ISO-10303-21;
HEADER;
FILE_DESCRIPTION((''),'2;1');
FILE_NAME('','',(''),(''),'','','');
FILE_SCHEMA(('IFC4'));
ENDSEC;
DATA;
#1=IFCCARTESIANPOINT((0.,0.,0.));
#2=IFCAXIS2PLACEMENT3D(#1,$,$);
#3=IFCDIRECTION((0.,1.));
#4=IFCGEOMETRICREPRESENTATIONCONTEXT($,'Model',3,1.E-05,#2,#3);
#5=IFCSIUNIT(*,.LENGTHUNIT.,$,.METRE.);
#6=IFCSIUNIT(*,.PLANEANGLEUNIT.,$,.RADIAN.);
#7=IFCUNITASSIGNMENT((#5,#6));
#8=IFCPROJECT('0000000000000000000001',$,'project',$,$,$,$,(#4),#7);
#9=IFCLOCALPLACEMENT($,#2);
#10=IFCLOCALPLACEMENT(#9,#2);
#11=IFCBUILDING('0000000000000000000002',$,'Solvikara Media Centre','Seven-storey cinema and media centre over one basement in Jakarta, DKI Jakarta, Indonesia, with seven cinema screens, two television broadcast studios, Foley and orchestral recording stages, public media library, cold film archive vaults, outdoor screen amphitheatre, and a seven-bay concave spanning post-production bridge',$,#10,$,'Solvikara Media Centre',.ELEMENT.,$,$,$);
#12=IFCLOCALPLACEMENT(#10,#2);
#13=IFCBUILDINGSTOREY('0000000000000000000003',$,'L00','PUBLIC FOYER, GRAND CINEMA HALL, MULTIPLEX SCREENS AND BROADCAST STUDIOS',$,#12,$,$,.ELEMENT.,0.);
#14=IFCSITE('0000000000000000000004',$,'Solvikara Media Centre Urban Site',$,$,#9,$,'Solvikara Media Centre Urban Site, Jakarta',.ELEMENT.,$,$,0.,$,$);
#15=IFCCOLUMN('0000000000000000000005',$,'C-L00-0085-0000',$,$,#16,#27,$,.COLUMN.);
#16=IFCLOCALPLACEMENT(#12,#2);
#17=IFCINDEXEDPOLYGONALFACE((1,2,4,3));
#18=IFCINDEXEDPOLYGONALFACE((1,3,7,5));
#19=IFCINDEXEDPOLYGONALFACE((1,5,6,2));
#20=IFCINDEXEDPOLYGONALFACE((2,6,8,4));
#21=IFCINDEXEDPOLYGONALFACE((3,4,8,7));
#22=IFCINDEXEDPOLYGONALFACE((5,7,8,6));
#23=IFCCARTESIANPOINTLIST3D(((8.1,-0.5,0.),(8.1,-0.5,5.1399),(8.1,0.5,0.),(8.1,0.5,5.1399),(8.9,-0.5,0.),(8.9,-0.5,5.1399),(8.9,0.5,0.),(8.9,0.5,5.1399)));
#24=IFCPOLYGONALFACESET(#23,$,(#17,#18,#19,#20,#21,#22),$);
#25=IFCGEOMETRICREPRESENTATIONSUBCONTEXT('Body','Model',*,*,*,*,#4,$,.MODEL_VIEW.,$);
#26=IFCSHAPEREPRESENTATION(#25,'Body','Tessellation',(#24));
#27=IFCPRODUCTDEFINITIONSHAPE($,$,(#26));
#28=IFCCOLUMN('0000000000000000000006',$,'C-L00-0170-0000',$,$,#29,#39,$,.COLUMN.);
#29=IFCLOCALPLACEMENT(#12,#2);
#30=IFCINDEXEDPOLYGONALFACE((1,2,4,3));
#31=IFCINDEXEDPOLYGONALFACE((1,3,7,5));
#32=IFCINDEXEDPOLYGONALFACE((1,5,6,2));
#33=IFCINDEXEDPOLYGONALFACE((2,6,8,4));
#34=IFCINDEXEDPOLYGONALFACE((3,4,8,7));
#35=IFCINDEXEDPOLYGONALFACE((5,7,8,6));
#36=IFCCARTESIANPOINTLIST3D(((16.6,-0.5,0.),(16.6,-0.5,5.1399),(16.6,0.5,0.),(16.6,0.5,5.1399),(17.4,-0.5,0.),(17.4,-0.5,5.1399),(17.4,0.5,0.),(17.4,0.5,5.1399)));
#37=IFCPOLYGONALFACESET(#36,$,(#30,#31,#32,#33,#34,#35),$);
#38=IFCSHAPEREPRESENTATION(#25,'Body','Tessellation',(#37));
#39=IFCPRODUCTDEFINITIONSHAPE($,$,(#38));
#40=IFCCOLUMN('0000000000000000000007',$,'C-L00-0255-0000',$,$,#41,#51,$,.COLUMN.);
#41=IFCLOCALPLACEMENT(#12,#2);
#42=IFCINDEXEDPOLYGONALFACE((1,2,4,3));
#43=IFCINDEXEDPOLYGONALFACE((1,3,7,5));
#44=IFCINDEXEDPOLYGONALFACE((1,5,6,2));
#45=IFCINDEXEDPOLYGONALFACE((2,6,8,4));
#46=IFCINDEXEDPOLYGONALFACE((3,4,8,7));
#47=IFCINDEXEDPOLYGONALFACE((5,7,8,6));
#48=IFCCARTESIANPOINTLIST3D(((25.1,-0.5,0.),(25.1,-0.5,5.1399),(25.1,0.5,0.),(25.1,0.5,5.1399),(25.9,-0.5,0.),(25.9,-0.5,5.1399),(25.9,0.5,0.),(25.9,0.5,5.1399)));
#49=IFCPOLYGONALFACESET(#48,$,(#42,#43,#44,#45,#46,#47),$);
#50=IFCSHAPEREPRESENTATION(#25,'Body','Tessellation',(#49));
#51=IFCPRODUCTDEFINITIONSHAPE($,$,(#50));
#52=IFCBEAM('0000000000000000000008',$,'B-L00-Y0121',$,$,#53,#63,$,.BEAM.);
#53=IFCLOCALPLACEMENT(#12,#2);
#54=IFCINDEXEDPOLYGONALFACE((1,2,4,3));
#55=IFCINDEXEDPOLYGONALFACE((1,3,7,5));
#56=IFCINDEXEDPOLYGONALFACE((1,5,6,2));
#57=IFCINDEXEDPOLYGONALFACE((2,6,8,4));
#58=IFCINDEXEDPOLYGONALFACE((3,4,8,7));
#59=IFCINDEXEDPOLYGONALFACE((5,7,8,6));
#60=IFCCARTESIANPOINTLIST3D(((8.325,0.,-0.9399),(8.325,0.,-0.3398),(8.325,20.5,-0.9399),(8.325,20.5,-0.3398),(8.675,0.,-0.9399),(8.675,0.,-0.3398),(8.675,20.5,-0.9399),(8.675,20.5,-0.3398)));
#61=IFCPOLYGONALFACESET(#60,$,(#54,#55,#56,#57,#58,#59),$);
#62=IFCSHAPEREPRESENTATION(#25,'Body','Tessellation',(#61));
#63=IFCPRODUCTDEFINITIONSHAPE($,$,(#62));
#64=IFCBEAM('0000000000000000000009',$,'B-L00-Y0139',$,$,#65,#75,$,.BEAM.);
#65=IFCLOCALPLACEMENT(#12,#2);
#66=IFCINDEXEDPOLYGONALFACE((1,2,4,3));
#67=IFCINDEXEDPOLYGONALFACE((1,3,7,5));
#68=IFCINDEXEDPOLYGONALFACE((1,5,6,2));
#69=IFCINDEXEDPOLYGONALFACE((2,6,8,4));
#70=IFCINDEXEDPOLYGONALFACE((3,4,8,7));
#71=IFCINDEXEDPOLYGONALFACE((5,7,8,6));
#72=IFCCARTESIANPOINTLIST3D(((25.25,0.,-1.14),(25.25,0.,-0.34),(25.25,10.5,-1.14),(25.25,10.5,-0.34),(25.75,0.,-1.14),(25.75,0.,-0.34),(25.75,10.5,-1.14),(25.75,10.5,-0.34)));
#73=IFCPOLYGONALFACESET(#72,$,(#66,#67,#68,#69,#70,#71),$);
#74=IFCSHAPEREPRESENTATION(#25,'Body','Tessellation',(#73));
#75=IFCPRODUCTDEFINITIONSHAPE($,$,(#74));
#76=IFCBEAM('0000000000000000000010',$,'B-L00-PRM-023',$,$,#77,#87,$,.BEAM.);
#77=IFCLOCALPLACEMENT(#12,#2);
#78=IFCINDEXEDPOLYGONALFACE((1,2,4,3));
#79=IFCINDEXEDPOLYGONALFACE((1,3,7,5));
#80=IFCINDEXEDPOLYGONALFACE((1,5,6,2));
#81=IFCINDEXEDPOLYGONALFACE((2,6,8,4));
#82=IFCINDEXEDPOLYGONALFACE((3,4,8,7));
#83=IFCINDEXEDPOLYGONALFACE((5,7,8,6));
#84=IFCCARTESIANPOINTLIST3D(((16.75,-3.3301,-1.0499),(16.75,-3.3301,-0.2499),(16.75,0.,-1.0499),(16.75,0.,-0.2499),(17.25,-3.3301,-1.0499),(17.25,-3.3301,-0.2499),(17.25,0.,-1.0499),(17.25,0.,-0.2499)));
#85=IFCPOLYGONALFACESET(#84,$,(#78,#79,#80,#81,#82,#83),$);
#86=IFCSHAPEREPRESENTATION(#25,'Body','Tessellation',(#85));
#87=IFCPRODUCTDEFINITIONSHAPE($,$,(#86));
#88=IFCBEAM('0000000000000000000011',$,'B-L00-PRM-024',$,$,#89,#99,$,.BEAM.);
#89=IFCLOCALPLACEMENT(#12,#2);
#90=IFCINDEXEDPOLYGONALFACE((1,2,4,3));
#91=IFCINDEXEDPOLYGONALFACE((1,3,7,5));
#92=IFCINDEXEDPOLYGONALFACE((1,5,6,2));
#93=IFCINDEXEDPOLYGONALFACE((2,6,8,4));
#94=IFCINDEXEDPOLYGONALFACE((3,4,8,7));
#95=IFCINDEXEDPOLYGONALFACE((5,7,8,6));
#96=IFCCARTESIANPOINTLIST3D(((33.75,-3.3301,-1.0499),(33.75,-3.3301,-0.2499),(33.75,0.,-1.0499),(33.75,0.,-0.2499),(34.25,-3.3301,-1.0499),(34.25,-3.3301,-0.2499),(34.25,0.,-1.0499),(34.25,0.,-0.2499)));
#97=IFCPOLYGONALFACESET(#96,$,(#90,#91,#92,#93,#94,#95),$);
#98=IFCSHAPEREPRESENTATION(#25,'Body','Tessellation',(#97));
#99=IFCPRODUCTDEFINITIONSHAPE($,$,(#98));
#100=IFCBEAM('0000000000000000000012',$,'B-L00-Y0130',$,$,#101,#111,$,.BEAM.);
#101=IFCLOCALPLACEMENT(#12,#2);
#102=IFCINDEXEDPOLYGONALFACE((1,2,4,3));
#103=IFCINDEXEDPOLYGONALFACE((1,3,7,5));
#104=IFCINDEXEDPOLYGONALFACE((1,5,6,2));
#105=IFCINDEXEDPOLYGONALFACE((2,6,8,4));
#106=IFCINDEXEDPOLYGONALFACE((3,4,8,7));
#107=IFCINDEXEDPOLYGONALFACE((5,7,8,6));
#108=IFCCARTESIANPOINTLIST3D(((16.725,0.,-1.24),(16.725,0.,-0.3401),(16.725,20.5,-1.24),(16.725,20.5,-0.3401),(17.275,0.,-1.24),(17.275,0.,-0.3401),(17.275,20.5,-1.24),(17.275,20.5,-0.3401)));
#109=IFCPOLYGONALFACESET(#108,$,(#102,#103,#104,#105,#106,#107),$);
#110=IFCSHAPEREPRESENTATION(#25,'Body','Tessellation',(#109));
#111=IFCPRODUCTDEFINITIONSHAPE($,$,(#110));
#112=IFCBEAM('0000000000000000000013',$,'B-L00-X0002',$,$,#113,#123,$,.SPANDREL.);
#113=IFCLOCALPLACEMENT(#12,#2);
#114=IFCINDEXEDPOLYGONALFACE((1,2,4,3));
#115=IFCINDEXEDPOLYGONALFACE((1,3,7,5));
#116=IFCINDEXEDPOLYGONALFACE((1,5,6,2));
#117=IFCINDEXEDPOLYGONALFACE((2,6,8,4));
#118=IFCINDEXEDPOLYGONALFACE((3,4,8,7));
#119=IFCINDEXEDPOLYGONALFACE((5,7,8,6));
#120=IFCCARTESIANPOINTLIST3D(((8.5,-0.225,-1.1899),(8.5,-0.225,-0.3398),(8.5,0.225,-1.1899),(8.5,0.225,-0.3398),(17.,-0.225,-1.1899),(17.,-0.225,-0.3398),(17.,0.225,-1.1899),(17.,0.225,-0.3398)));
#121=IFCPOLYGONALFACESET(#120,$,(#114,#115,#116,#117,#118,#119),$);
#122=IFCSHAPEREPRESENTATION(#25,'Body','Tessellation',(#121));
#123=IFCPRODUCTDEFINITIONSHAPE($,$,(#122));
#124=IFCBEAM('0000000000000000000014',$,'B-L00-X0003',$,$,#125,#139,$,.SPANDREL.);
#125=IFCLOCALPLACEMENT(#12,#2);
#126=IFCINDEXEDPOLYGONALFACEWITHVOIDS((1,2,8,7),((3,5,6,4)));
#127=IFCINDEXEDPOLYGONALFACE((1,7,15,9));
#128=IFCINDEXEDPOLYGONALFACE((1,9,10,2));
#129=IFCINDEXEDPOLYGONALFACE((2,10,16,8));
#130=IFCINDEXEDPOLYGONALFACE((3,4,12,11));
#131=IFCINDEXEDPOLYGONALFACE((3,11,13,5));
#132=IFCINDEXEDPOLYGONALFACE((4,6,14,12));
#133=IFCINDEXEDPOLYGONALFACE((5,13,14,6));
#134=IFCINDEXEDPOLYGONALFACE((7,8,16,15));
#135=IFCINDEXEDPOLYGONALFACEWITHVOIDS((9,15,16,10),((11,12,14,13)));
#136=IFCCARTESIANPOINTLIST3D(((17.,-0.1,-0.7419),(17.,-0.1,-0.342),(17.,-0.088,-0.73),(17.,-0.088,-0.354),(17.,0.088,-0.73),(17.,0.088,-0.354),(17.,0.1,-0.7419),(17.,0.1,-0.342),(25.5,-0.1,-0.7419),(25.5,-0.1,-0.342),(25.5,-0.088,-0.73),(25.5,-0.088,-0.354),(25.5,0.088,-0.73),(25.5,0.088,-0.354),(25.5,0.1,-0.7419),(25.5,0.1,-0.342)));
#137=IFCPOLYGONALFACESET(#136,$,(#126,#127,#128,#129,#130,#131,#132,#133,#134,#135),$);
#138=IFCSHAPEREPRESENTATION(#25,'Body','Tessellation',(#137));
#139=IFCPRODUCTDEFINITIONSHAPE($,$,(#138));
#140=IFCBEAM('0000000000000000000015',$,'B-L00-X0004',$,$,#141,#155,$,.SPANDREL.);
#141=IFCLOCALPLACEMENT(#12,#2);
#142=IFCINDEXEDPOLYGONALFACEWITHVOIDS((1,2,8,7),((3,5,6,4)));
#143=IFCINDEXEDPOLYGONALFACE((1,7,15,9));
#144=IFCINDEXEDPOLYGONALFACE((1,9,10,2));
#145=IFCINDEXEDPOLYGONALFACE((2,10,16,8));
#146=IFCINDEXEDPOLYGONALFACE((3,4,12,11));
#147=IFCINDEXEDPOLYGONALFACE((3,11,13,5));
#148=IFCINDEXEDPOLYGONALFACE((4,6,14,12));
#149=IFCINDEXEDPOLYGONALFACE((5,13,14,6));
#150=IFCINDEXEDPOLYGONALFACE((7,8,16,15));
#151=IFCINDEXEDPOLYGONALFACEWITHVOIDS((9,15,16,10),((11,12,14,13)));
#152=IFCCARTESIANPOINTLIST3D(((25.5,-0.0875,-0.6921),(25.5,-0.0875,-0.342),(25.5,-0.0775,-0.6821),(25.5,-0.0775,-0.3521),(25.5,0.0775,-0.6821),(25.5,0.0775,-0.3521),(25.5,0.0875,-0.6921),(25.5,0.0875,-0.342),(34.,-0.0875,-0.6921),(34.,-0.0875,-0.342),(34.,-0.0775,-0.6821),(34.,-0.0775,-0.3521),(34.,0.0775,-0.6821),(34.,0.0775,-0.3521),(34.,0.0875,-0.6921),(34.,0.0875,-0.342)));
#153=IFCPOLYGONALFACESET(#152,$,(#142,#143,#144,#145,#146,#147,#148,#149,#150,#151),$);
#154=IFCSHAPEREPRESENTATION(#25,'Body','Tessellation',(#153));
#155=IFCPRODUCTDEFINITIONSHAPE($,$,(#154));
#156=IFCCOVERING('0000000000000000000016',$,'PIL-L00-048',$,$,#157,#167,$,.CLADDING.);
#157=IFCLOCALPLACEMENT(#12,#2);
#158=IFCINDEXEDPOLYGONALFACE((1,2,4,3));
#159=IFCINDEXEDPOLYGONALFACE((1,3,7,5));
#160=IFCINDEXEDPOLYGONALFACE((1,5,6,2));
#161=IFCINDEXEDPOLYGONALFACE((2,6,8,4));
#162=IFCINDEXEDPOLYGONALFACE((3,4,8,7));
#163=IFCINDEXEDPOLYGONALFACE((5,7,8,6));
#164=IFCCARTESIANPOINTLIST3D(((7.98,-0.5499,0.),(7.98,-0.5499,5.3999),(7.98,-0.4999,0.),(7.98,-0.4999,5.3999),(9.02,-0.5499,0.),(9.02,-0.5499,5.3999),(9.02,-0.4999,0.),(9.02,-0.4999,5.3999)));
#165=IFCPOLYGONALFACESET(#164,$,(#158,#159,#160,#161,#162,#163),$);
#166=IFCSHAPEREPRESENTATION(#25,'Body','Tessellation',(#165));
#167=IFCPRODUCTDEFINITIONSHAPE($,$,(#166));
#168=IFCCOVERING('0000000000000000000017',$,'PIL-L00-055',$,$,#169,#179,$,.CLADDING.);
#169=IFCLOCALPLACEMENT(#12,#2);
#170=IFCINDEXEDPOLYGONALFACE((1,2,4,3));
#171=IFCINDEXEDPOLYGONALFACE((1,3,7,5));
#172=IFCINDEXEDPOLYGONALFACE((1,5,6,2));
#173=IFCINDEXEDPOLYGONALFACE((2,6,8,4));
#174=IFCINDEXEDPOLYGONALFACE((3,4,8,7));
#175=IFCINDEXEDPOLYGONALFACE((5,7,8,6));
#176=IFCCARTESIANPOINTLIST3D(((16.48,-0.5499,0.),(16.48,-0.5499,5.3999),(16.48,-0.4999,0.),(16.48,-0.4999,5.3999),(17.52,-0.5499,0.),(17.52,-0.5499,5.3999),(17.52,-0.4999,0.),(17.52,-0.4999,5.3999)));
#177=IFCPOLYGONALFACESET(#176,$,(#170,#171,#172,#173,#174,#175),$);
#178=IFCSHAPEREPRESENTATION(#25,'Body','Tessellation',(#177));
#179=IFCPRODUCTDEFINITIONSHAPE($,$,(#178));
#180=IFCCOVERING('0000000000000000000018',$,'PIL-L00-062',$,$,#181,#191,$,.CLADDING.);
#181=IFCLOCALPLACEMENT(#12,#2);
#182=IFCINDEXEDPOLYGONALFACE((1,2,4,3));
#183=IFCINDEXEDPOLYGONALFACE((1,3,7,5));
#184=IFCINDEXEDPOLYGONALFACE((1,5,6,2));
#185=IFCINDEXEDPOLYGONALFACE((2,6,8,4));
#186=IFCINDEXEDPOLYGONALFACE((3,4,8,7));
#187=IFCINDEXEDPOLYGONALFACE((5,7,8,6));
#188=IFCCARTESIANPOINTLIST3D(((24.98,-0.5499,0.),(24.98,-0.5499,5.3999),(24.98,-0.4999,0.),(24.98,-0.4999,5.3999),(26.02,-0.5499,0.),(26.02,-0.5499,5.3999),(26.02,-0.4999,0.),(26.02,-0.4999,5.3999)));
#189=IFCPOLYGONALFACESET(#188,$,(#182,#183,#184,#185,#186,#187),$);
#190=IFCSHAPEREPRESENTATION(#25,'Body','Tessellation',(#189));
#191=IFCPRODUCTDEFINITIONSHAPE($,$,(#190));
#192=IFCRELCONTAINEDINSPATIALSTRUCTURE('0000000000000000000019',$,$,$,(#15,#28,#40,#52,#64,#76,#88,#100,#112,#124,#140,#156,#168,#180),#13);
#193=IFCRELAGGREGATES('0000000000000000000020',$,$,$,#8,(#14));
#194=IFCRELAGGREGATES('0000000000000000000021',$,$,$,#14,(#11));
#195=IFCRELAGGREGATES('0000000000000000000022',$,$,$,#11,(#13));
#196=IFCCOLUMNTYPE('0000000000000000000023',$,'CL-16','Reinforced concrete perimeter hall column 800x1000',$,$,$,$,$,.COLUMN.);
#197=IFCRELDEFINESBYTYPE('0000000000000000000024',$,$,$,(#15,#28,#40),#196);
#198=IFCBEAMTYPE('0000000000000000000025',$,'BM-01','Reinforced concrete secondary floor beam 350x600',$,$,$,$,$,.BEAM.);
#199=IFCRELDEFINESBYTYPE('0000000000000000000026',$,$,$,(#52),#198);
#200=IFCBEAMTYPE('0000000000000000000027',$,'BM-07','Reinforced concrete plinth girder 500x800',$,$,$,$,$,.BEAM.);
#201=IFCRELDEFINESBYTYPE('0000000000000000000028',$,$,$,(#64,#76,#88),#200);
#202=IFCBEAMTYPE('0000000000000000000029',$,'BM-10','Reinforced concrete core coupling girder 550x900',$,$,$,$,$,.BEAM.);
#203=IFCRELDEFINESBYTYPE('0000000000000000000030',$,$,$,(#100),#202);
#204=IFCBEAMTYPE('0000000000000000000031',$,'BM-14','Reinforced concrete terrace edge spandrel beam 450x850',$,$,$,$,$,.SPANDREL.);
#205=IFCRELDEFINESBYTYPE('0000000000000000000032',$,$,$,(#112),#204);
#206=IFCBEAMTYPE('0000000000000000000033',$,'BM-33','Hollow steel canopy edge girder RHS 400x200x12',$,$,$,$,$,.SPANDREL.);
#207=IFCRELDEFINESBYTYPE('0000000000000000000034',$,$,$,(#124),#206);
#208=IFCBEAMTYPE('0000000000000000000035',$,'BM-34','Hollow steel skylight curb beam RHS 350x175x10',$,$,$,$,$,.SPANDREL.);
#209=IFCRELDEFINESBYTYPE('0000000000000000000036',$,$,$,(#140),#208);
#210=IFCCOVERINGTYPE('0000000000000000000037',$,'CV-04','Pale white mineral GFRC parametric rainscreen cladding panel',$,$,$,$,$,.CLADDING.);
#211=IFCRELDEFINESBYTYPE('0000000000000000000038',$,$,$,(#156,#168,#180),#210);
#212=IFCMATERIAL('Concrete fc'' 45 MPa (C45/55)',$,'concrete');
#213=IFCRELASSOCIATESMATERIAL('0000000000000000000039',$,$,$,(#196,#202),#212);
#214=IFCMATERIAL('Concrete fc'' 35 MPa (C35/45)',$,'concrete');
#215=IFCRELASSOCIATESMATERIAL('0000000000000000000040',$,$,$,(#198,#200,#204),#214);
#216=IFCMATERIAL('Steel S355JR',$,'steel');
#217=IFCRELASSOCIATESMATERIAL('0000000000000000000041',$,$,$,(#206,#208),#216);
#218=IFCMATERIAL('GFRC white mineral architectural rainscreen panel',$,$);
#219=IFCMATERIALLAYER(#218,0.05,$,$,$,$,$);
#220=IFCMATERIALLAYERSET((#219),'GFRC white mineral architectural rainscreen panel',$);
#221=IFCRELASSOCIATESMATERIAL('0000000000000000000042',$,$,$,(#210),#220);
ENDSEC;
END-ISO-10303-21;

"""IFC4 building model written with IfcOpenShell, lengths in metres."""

from ifc_helpers import new_model, si_unit, direction, frame, origin, origin_2d, place, context, subcontext, project, spatial, rectangle, hollow_rectangle, extrude, material, layer, layer_set, material_profile, profile_set, type_object, element, save


model = new_model("IFC4")

# Units and contexts
model_context = context("Model", 3, precision=1e-05, world=origin(), true_north=direction((0.0, 1.0)))
body_context = subcontext(model_context, "Body", "Model", "MODEL_VIEW")
ifc_project = project(units=[si_unit("LENGTHUNIT", "METRE"), si_unit("PLANEANGLEUNIT", "RADIAN")], contexts=[model_context])

# Site, building, storey
site_placement = place(None, origin())
site = spatial("IfcSite", under=ifc_project, at=site_placement, Name="Solvikara Media Centre Urban Site", LongName="Solvikara Media Centre Urban Site, Jakarta", CompositionType="ELEMENT", RefElevation=0.0)
building_placement = place(site_placement, origin())
building = spatial("IfcBuilding", under=site, at=building_placement, Name="Solvikara Media Centre", Description="Seven-storey cinema and media centre over one basement in Jakarta, DKI Jakarta, Indonesia, with seven cinema screens, two television broadcast studios, Foley and orchestral recording stages, public media library, cold film archive vaults, outdoor screen amphitheatre, and a seven-bay concave spanning post-production bridge", LongName="Solvikara Media Centre", CompositionType="ELEMENT")
storey_placement = place(building_placement, origin())
storey = spatial("IfcBuildingStorey", under=building, at=storey_placement, Name="L00", Description="PUBLIC FOYER, GRAND CINEMA HALL, MULTIPLEX SCREENS AND BROADCAST STUDIOS", CompositionType="ELEMENT", Elevation=0.0)

# Columns
ifc_material_1 = material(Name="Concrete fc' 45 MPa (C45/55)", Category="concrete")
ifc_material_profile_1 = material_profile(ifc_material_1, rectangle(XDim=0.8, YDim=1.0, at=origin_2d()), Name="RC 800x1000")
ifc_profile_set_1 = profile_set([ifc_material_profile_1], Name="Concrete fc' 45 MPa (C45/55)")
column_type = type_object("IfcColumnType", Name="CL-16", Description="Reinforced concrete perimeter hall column 800x1000", PredefinedType="COLUMN", material=ifc_profile_set_1)
for number, where, z_axis, x_axis, name in (
    (1, (8.5, 0.0, 0.0), (0.0, 0.0, 1.0), (1.0, 0.0, 0.0), "C-L00-0085-0000"),
    (2, (17.0, 0.0, 0.0), (0.0, 0.0, 1.0), (1.0, 0.0, 0.0), "C-L00-0170-0000"),
    (3, (25.5, 0.0, 0.0), (0.0, 0.0, 1.0), (1.0, 0.0, 0.0), "C-L00-0255-0000"),
):
    element("IfcColumn", number, at=place(storey_placement, frame(where, z_axis=z_axis, x_axis=x_axis)), inside=storey, type_object=column_type, Name=name, PredefinedType="COLUMN", context=body_context, shape_type="SweptSolid", body=[
        extrude(rectangle(XDim=0.8, YDim=1.0, at=origin_2d()), origin(), (0.0, 0.0, 1.0), 5.1399),
    ])

# Beams
ifc_material_2 = material(Name="Concrete fc' 35 MPa (C35/45)", Category="concrete")
ifc_material_profile_2 = material_profile(ifc_material_2, rectangle(XDim=0.3501, YDim=0.6001, at=origin_2d()), Name="RC 350x600")
ifc_profile_set_2 = profile_set([ifc_material_profile_2], Name="Concrete fc' 35 MPa (C35/45)")
beam_type_1 = type_object("IfcBeamType", Name="BM-01", Description="Reinforced concrete secondary floor beam 350x600", PredefinedType="BEAM", material=ifc_profile_set_2)
beam_1_placement = place(storey_placement, frame((8.5, 0.0, -0.6399), z_axis=(0.0, 1.0, 0.0), x_axis=(-1.0, 0.0, 0.0)))
element("IfcBeam", 4, at=beam_1_placement, inside=storey, type_object=beam_type_1, Name="B-L00-Y0121", PredefinedType="BEAM", context=body_context, shape_type="SweptSolid", body=[
    extrude(rectangle(XDim=0.3501, YDim=0.6001, at=origin_2d()), origin(), (0.0, 0.0, 1.0), 20.5),
])
ifc_material_profile_3 = material_profile(ifc_material_2, rectangle(XDim=0.5, YDim=0.8, at=origin_2d()), Name="RC 500x800")
ifc_profile_set_3 = profile_set([ifc_material_profile_3], Name="Concrete fc' 35 MPa (C35/45)")
beam_type_2 = type_object("IfcBeamType", Name="BM-07", Description="Reinforced concrete plinth girder 500x800", PredefinedType="BEAM", material=ifc_profile_set_3)
beam_2_placement = place(storey_placement, frame((25.5, 0.0, -0.74), z_axis=(0.0, 1.0, 0.0), x_axis=(-1.0, 0.0, 0.0)))
element("IfcBeam", 5, at=beam_2_placement, inside=storey, type_object=beam_type_2, Name="B-L00-Y0139", PredefinedType="BEAM", context=body_context, shape_type="SweptSolid", body=[
    extrude(rectangle(XDim=0.5, YDim=0.8, at=origin_2d()), origin(), (0.0, 0.0, 1.0), 10.5),
])
for number, where, z_axis, x_axis, name in (
    (6, (17.0, -3.3301, -0.6499), (0.0, 1.0, 0.0), (-1.0, 0.0, 0.0), "B-L00-PRM-023"),
    (7, (34.0, -3.3301, -0.6499), (0.0, 1.0, 0.0), (-1.0, 0.0, 0.0), "B-L00-PRM-024"),
):
    element("IfcBeam", number, at=place(storey_placement, frame(where, z_axis=z_axis, x_axis=x_axis)), inside=storey, type_object=beam_type_2, Name=name, PredefinedType="BEAM", context=body_context, shape_type="SweptSolid", body=[
        extrude(rectangle(XDim=0.5, YDim=0.8, at=origin_2d()), origin(), (0.0, 0.0, 1.0), 3.3301),
    ])
ifc_material_profile_4 = material_profile(ifc_material_1, rectangle(XDim=0.55, YDim=0.8999, at=origin_2d()), Name="RC 550x900")
ifc_profile_set_4 = profile_set([ifc_material_profile_4], Name="Concrete fc' 45 MPa (C45/55)")
beam_type_3 = type_object("IfcBeamType", Name="BM-10", Description="Reinforced concrete core coupling girder 550x900", PredefinedType="BEAM", material=ifc_profile_set_4)
beam_3_placement = place(storey_placement, frame((17.0, 0.0, -0.79), z_axis=(0.0, 1.0, 0.0), x_axis=(-1.0, 0.0, 0.0)))
element("IfcBeam", 8, at=beam_3_placement, inside=storey, type_object=beam_type_3, Name="B-L00-Y0130", PredefinedType="BEAM", context=body_context, shape_type="SweptSolid", body=[
    extrude(rectangle(XDim=0.55, YDim=0.8999, at=origin_2d()), origin(), (0.0, 0.0, 1.0), 20.5),
])
ifc_material_profile_5 = material_profile(ifc_material_2, rectangle(XDim=0.45, YDim=0.8501, at=origin_2d()), Name="RC 450x850")
ifc_profile_set_5 = profile_set([ifc_material_profile_5], Name="Concrete fc' 35 MPa (C35/45)")
beam_type_4 = type_object("IfcBeamType", Name="BM-14", Description="Reinforced concrete terrace edge spandrel beam 450x850", PredefinedType="SPANDREL", material=ifc_profile_set_5)
beam_4_placement = place(storey_placement, frame((8.5, 0.0, -0.7649), z_axis=(1.0, 0.0, 0.0), x_axis=(0.0, 1.0, 0.0)))
element("IfcBeam", 9, at=beam_4_placement, inside=storey, type_object=beam_type_4, Name="B-L00-X0002", PredefinedType="SPANDREL", context=body_context, shape_type="SweptSolid", body=[
    extrude(rectangle(XDim=0.45, YDim=0.8501, at=origin_2d()), origin(), (0.0, 0.0, 1.0), 8.5),
])
ifc_material_3 = material(Name="Steel S355JR", Category="steel")
ifc_material_profile_6 = material_profile(ifc_material_3, hollow_rectangle(XDim=0.2, YDim=0.3999, WallThickness=0.012, at=origin_2d()), Name="RHS 400x200x12")
ifc_profile_set_6 = profile_set([ifc_material_profile_6], Name="Steel S355JR")
beam_type_5 = type_object("IfcBeamType", Name="BM-33", Description="Hollow steel canopy edge girder RHS 400x200x12", PredefinedType="SPANDREL", material=ifc_profile_set_6)
beam_5_placement = place(storey_placement, frame((17.0, 0.0, -0.542), z_axis=(1.0, 0.0, 0.0), x_axis=(0.0, 1.0, 0.0)))
element("IfcBeam", 10, at=beam_5_placement, inside=storey, type_object=beam_type_5, Name="B-L00-X0003", PredefinedType="SPANDREL", context=body_context, shape_type="SweptSolid", body=[
    extrude(hollow_rectangle(XDim=0.2, YDim=0.3999, WallThickness=0.012, at=origin_2d()), origin(), (0.0, 0.0, 1.0), 8.5),
])
ifc_material_profile_7 = material_profile(ifc_material_3, hollow_rectangle(XDim=0.175, YDim=0.3501, WallThickness=0.01, at=origin_2d()), Name="RHS 350x175x10")
ifc_profile_set_7 = profile_set([ifc_material_profile_7], Name="Steel S355JR")
beam_type_6 = type_object("IfcBeamType", Name="BM-34", Description="Hollow steel skylight curb beam RHS 350x175x10", PredefinedType="SPANDREL", material=ifc_profile_set_7)
beam_6_placement = place(storey_placement, frame((25.5, 0.0, -0.5171), z_axis=(1.0, 0.0, 0.0), x_axis=(0.0, 1.0, 0.0)))
element("IfcBeam", 11, at=beam_6_placement, inside=storey, type_object=beam_type_6, Name="B-L00-X0004", PredefinedType="SPANDREL", context=body_context, shape_type="SweptSolid", body=[
    extrude(hollow_rectangle(XDim=0.175, YDim=0.3501, WallThickness=0.01, at=origin_2d()), origin(), (0.0, 0.0, 1.0), 8.5),
])

# Coverings
ifc_material_4 = material(Name="GFRC white mineral architectural rainscreen panel")
ifc_layer = layer(ifc_material_4, 0.05)
ifc_layer_set = layer_set([ifc_layer], Name="GFRC white mineral architectural rainscreen panel")
covering_type = type_object("IfcCoveringType", Name="CV-04", Description="Pale white mineral GFRC parametric rainscreen cladding panel", PredefinedType="CLADDING", material=ifc_layer_set)
for number, where, z_axis, x_axis, name in (
    (12, (8.5, -0.5249, 0.0), (0.0, 0.0, 1.0), (1.0, 0.0, 0.0), "PIL-L00-048"),
    (13, (17.0, -0.5249, 0.0), (0.0, 0.0, 1.0), (1.0, 0.0, 0.0), "PIL-L00-055"),
    (14, (25.5, -0.5249, 0.0), (0.0, 0.0, 1.0), (1.0, 0.0, 0.0), "PIL-L00-062"),
):
    element("IfcCovering", number, at=place(storey_placement, frame(where, z_axis=z_axis, x_axis=x_axis)), inside=storey, type_object=covering_type, Name=name, PredefinedType="CLADDING", context=body_context, shape_type="SweptSolid", body=[
        extrude(rectangle(XDim=1.04, YDim=0.05, at=origin_2d()), origin(), (0.0, 0.0, 1.0), 5.3999),
    ])

save(model, "model.ifc")
